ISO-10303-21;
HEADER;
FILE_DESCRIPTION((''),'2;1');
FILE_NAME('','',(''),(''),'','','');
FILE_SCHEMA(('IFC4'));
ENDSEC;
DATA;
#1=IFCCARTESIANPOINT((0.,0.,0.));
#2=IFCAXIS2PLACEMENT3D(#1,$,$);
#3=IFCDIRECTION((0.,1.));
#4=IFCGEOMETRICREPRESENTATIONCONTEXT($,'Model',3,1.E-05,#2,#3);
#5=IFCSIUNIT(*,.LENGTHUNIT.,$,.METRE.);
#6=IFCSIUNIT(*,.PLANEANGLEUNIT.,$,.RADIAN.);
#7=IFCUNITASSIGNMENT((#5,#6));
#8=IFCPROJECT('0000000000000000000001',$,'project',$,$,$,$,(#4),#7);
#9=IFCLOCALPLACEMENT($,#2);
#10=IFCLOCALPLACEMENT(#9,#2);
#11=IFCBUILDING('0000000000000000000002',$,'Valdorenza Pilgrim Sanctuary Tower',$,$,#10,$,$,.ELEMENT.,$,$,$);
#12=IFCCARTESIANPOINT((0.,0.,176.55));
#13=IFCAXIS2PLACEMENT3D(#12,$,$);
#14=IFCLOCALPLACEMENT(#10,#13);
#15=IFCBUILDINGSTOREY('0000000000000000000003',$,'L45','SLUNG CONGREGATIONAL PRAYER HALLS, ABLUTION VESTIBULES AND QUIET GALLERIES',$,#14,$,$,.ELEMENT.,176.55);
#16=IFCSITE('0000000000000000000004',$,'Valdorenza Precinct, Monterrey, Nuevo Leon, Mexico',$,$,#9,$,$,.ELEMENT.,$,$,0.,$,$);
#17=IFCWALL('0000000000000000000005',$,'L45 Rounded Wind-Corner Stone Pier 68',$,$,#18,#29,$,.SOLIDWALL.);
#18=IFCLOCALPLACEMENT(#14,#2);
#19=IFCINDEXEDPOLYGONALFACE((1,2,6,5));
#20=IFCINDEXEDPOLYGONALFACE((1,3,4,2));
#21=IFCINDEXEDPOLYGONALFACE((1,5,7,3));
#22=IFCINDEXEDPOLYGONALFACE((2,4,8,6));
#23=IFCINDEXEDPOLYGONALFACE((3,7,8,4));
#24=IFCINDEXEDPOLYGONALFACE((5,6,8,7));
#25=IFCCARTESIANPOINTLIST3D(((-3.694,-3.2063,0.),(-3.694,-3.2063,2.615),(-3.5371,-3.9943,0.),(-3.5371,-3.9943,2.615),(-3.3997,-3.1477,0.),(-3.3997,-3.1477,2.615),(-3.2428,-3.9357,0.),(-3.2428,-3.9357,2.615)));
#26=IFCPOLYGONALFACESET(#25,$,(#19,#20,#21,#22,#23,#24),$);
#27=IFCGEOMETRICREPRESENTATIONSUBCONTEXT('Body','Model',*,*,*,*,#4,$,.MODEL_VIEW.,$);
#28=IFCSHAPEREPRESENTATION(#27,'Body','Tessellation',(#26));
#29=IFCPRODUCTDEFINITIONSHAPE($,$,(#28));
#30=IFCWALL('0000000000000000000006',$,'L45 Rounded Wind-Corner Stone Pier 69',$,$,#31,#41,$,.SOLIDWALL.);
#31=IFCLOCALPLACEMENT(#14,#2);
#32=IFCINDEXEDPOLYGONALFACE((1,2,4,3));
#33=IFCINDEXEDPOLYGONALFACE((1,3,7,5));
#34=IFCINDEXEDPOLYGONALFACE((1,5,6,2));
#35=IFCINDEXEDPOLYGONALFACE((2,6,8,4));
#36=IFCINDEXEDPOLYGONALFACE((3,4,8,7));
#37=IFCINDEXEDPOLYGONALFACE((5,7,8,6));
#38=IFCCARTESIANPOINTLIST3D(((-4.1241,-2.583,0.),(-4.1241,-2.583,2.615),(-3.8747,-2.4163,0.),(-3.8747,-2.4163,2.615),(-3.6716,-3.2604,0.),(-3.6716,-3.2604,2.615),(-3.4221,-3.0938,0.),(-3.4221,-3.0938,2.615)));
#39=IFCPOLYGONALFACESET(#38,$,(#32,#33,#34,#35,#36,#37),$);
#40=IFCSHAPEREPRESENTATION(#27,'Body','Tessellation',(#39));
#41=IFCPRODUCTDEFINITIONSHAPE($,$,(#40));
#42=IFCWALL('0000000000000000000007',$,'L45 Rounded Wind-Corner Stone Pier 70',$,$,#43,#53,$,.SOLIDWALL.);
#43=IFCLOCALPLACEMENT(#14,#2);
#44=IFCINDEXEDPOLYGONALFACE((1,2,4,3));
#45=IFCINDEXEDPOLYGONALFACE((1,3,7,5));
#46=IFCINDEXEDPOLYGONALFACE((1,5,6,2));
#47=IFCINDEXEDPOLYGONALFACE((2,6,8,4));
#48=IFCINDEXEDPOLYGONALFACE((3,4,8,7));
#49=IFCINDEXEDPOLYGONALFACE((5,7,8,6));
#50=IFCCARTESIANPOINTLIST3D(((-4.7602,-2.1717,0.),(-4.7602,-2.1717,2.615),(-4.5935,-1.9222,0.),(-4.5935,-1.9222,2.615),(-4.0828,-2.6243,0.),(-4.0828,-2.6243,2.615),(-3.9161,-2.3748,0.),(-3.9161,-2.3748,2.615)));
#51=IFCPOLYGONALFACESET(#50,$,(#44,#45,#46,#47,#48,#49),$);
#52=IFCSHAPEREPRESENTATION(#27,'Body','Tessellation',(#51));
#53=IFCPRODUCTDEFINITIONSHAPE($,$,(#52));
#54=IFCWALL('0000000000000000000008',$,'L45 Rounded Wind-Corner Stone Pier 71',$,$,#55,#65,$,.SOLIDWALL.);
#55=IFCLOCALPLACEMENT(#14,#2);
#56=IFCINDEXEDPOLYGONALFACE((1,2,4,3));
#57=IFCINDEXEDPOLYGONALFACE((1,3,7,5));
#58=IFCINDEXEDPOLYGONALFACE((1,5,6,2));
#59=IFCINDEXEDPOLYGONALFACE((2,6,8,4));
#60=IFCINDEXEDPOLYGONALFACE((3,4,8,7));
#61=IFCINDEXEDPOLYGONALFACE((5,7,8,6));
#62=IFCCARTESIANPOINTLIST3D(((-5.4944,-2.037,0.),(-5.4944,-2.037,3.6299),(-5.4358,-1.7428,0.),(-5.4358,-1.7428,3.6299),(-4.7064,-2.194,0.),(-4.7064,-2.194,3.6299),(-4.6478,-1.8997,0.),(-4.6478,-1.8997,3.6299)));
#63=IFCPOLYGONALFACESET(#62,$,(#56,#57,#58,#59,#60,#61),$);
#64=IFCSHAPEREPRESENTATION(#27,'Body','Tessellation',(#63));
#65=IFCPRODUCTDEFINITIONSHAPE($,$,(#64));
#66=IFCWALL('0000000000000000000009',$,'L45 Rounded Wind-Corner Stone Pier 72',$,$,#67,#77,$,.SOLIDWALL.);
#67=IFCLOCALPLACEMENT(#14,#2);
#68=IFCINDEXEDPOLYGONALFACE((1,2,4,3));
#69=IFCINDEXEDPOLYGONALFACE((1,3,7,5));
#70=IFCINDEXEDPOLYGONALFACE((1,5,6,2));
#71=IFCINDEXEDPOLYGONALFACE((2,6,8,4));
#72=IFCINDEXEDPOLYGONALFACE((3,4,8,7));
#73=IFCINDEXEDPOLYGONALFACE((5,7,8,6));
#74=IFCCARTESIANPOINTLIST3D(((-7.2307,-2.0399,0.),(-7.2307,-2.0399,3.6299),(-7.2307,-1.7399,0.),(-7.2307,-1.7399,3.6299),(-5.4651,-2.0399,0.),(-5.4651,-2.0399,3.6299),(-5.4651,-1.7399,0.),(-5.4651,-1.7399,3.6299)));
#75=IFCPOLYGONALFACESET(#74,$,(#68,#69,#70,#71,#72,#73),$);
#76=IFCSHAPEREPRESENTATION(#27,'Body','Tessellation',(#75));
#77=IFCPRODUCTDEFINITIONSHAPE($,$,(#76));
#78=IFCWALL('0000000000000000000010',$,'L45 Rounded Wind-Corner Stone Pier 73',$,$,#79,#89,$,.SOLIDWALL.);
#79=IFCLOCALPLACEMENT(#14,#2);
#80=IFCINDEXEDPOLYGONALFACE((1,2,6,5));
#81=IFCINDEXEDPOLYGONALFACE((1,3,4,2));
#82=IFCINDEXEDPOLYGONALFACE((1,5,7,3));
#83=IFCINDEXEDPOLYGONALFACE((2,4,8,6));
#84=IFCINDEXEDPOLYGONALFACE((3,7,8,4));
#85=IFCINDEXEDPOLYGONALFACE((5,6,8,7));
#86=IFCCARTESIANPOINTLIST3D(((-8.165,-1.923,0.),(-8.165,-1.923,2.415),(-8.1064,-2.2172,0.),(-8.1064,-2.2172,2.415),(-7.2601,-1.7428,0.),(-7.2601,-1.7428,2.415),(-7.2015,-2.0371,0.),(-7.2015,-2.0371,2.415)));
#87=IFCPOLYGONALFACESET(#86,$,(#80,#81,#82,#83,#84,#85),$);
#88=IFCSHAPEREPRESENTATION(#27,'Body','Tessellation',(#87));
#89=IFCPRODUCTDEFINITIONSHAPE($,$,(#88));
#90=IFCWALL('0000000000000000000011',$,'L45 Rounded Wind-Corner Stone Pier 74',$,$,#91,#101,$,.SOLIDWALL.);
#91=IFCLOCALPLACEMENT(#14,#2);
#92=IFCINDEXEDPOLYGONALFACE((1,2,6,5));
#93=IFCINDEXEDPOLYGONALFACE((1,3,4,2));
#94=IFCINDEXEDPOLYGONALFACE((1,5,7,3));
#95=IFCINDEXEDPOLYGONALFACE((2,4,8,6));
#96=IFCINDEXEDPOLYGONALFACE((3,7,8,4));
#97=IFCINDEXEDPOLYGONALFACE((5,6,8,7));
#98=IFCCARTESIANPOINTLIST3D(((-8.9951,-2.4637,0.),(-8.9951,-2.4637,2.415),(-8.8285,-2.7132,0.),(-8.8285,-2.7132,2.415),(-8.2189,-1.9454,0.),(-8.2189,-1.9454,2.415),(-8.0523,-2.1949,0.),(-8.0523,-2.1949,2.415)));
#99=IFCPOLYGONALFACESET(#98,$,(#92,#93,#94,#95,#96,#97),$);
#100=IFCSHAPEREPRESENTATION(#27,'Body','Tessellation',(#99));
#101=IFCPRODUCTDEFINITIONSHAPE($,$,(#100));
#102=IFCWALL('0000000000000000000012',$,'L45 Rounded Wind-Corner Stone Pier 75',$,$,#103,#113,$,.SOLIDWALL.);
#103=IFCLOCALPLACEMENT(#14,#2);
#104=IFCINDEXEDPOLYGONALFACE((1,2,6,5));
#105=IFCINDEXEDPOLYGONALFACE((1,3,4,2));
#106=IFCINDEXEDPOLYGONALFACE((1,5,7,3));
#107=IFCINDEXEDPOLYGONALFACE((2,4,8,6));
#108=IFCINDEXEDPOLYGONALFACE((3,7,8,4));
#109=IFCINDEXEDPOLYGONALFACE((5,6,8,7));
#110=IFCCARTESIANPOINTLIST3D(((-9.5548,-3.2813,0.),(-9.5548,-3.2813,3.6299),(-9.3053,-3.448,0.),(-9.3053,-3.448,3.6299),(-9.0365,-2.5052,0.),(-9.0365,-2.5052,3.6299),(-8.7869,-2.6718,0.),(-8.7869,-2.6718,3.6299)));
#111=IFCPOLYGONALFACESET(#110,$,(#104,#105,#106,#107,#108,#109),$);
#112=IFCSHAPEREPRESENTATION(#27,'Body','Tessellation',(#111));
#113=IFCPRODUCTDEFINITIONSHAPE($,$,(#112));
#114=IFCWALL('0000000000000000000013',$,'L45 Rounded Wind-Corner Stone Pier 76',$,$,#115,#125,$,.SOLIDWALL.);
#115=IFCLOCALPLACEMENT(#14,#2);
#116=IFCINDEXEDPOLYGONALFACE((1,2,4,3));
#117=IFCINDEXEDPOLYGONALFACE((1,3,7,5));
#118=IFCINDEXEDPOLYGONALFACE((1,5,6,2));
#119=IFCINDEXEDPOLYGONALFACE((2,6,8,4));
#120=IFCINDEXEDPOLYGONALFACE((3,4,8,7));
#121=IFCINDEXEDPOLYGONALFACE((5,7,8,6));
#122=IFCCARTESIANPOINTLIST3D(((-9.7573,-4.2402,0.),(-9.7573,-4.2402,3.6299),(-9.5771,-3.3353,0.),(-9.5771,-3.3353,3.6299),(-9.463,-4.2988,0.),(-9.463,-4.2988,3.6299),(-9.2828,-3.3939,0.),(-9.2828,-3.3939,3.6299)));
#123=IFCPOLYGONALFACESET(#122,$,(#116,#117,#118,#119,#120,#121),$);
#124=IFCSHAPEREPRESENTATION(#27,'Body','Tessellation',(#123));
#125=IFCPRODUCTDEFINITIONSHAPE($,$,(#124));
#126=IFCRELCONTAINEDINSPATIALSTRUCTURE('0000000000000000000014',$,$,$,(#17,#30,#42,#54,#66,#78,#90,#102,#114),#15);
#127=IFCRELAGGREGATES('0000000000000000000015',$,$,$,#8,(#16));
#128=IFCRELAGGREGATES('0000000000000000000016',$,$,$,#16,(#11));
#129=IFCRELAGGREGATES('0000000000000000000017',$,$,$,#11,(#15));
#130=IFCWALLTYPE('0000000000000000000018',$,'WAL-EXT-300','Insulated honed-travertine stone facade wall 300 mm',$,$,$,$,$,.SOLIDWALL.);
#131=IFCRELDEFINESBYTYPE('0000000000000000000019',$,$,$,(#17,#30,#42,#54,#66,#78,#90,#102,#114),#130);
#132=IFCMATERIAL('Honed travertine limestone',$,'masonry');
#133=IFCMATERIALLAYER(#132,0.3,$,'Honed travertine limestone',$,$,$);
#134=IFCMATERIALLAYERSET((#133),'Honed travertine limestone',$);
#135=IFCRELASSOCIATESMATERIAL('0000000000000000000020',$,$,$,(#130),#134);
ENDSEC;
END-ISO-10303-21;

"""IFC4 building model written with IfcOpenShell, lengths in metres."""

from ifc_helpers import new_model, si_unit, direction, frame, frame_2d, origin, place, context, subcontext, project, spatial, rectangle, extrude, material, layer, layer_set, type_object, element, save


model = new_model("IFC4")

# Units and contexts
model_context = context("Model", 3, precision=1e-05, world=origin(), true_north=direction((0.0, 1.0)))
body_context = subcontext(model_context, "Body", "Model", "MODEL_VIEW")
ifc_project = project(units=[si_unit("LENGTHUNIT", "METRE"), si_unit("PLANEANGLEUNIT", "RADIAN")], contexts=[model_context])

# Site, building, storey
site_placement = place(None, origin())
site = spatial("IfcSite", under=ifc_project, at=site_placement, Name="Valdorenza Precinct, Monterrey, Nuevo Leon, Mexico", CompositionType="ELEMENT", RefElevation=0.0)
building_placement = place(site_placement, origin())
building = spatial("IfcBuilding", under=site, at=building_placement, Name="Valdorenza Pilgrim Sanctuary Tower", CompositionType="ELEMENT")
storey_placement = place(building_placement, frame((0.0, 0.0, 176.55)))
storey = spatial("IfcBuildingStorey", under=building, at=storey_placement, Name="L45", Description="SLUNG CONGREGATIONAL PRAYER HALLS, ABLUTION VESTIBULES AND QUIET GALLERIES", CompositionType="ELEMENT", Elevation=176.55)

# Walls
ifc_material_1 = material(Name="Honed travertine limestone", Category="masonry")
ifc_layer = layer(ifc_material_1, 0.3, Name="Honed travertine limestone")
ifc_layer_set = layer_set([ifc_layer], Name="Honed travertine limestone")
wall_type = type_object("IfcWallType", Name="WAL-EXT-300", Description="Insulated honed-travertine stone facade wall 300 mm", PredefinedType="SOLIDWALL", material=ifc_layer_set)
wall_1_placement = place(storey_placement, frame((-3.3899, -3.9651, 0.0), z_axis=(0.0, 0.0, 1.0), x_axis=(-0.195357, 0.980732, 0.0)))
element("IfcWall", 1, at=wall_1_placement, inside=storey, type_object=wall_type, Name="L45 Rounded Wind-Corner Stone Pier 68", PredefinedType="SOLIDWALL", context=body_context, shape_type="SweptSolid", body=[
    extrude(rectangle(XDim=0.8035, YDim=0.3, at=frame_2d((0.4019, 0.0))), origin(), (0.0, 0.0, 1.0), 2.615),
])
for number, where, z_axis, x_axis, name in (
    (2, (-3.5469, -3.177, 0.0), (0.0, 0.0, 1.0), (-0.55553, 0.831497, 0.0), "L45 Rounded Wind-Corner Stone Pier 69"),
    (3, (-3.9995, -2.4995, 0.0), (0.0, 0.0, 1.0), (-0.831497, 0.55553, 0.0), "L45 Rounded Wind-Corner Stone Pier 70"),
):
    element("IfcWall", number, at=place(storey_placement, frame(where, z_axis=z_axis, x_axis=x_axis)), inside=storey, type_object=wall_type, Name=name, PredefinedType="SOLIDWALL", context=body_context, shape_type="SweptSolid", body=[
        extrude(rectangle(XDim=0.8147, YDim=0.3, at=frame_2d((0.4072, 0.0))), origin(), (0.0, 0.0, 1.0), 2.615),
    ])
wall_2_placement = place(storey_placement, frame((-4.677, -2.0469, 0.0), z_axis=(0.0, 0.0, 1.0), x_axis=(-0.980732, 0.195357, 0.0)))
element("IfcWall", 4, at=wall_2_placement, inside=storey, type_object=wall_type, Name="L45 Rounded Wind-Corner Stone Pier 71", PredefinedType="SOLIDWALL", context=body_context, shape_type="SweptSolid", body=[
    extrude(rectangle(XDim=0.8035, YDim=0.3, at=frame_2d((0.4019, 0.0))), origin(), (0.0, 0.0, 1.0), 3.6299),
])
wall_3_placement = place(storey_placement, frame((-5.4651, -1.8899, 0.0), z_axis=(0.0, 0.0, 1.0), x_axis=(-1.0, 0.0, 0.0)))
element("IfcWall", 5, at=wall_3_placement, inside=storey, type_object=wall_type, Name="L45 Rounded Wind-Corner Stone Pier 72", PredefinedType="SOLIDWALL", context=body_context, shape_type="SweptSolid", body=[
    extrude(rectangle(XDim=1.7656, YDim=0.3, at=frame_2d((0.8828, 0.0))), origin(), (0.0, 0.0, 1.0), 3.6299),
])
wall_4_placement = place(storey_placement, frame((-7.2307, -1.8899, 0.0), z_axis=(0.0, 0.0, 1.0), x_axis=(-0.980743, -0.195302, 0.0)))
element("IfcWall", 6, at=wall_4_placement, inside=storey, type_object=wall_type, Name="L45 Rounded Wind-Corner Stone Pier 73", PredefinedType="SOLIDWALL", context=body_context, shape_type="SweptSolid", body=[
    extrude(rectangle(XDim=0.9226, YDim=0.3, at=frame_2d((0.4614, 0.0))), origin(), (0.0, 0.0, 1.0), 2.415),
])
wall_5_placement = place(storey_placement, frame((-8.1355, -2.0701, 0.0), z_axis=(0.0, 0.0, 1.0), x_axis=(-0.831607, -0.555364, 0.0)))
element("IfcWall", 7, at=wall_5_placement, inside=storey, type_object=wall_type, Name="L45 Rounded Wind-Corner Stone Pier 74", PredefinedType="SOLIDWALL", context=body_context, shape_type="SweptSolid", body=[
    extrude(rectangle(XDim=0.9333, YDim=0.3, at=frame_2d((0.4668, 0.0))), origin(), (0.0, 0.0, 1.0), 2.415),
])
wall_6_placement = place(storey_placement, frame((-8.9116, -2.5884, 0.0), z_axis=(0.0, 0.0, 1.0), x_axis=(-0.555364, -0.831607, 0.0)))
element("IfcWall", 8, at=wall_6_placement, inside=storey, type_object=wall_type, Name="L45 Rounded Wind-Corner Stone Pier 75", PredefinedType="SOLIDWALL", context=body_context, shape_type="SweptSolid", body=[
    extrude(rectangle(XDim=0.9333, YDim=0.3, at=frame_2d((0.4668, 0.0))), origin(), (0.0, 0.0, 1.0), 3.6299),
])
wall_7_placement = place(storey_placement, frame((-9.4299, -3.3645, 0.0), z_axis=(0.0, 0.0, 1.0), x_axis=(-0.195302, -0.980743, 0.0)))
element("IfcWall", 9, at=wall_7_placement, inside=storey, type_object=wall_type, Name="L45 Rounded Wind-Corner Stone Pier 76", PredefinedType="SOLIDWALL", context=body_context, shape_type="SweptSolid", body=[
    extrude(rectangle(XDim=0.9226, YDim=0.3, at=frame_2d((0.4614, 0.0))), origin(), (0.0, 0.0, 1.0), 3.6299),
])

save(model, "model.ifc")
